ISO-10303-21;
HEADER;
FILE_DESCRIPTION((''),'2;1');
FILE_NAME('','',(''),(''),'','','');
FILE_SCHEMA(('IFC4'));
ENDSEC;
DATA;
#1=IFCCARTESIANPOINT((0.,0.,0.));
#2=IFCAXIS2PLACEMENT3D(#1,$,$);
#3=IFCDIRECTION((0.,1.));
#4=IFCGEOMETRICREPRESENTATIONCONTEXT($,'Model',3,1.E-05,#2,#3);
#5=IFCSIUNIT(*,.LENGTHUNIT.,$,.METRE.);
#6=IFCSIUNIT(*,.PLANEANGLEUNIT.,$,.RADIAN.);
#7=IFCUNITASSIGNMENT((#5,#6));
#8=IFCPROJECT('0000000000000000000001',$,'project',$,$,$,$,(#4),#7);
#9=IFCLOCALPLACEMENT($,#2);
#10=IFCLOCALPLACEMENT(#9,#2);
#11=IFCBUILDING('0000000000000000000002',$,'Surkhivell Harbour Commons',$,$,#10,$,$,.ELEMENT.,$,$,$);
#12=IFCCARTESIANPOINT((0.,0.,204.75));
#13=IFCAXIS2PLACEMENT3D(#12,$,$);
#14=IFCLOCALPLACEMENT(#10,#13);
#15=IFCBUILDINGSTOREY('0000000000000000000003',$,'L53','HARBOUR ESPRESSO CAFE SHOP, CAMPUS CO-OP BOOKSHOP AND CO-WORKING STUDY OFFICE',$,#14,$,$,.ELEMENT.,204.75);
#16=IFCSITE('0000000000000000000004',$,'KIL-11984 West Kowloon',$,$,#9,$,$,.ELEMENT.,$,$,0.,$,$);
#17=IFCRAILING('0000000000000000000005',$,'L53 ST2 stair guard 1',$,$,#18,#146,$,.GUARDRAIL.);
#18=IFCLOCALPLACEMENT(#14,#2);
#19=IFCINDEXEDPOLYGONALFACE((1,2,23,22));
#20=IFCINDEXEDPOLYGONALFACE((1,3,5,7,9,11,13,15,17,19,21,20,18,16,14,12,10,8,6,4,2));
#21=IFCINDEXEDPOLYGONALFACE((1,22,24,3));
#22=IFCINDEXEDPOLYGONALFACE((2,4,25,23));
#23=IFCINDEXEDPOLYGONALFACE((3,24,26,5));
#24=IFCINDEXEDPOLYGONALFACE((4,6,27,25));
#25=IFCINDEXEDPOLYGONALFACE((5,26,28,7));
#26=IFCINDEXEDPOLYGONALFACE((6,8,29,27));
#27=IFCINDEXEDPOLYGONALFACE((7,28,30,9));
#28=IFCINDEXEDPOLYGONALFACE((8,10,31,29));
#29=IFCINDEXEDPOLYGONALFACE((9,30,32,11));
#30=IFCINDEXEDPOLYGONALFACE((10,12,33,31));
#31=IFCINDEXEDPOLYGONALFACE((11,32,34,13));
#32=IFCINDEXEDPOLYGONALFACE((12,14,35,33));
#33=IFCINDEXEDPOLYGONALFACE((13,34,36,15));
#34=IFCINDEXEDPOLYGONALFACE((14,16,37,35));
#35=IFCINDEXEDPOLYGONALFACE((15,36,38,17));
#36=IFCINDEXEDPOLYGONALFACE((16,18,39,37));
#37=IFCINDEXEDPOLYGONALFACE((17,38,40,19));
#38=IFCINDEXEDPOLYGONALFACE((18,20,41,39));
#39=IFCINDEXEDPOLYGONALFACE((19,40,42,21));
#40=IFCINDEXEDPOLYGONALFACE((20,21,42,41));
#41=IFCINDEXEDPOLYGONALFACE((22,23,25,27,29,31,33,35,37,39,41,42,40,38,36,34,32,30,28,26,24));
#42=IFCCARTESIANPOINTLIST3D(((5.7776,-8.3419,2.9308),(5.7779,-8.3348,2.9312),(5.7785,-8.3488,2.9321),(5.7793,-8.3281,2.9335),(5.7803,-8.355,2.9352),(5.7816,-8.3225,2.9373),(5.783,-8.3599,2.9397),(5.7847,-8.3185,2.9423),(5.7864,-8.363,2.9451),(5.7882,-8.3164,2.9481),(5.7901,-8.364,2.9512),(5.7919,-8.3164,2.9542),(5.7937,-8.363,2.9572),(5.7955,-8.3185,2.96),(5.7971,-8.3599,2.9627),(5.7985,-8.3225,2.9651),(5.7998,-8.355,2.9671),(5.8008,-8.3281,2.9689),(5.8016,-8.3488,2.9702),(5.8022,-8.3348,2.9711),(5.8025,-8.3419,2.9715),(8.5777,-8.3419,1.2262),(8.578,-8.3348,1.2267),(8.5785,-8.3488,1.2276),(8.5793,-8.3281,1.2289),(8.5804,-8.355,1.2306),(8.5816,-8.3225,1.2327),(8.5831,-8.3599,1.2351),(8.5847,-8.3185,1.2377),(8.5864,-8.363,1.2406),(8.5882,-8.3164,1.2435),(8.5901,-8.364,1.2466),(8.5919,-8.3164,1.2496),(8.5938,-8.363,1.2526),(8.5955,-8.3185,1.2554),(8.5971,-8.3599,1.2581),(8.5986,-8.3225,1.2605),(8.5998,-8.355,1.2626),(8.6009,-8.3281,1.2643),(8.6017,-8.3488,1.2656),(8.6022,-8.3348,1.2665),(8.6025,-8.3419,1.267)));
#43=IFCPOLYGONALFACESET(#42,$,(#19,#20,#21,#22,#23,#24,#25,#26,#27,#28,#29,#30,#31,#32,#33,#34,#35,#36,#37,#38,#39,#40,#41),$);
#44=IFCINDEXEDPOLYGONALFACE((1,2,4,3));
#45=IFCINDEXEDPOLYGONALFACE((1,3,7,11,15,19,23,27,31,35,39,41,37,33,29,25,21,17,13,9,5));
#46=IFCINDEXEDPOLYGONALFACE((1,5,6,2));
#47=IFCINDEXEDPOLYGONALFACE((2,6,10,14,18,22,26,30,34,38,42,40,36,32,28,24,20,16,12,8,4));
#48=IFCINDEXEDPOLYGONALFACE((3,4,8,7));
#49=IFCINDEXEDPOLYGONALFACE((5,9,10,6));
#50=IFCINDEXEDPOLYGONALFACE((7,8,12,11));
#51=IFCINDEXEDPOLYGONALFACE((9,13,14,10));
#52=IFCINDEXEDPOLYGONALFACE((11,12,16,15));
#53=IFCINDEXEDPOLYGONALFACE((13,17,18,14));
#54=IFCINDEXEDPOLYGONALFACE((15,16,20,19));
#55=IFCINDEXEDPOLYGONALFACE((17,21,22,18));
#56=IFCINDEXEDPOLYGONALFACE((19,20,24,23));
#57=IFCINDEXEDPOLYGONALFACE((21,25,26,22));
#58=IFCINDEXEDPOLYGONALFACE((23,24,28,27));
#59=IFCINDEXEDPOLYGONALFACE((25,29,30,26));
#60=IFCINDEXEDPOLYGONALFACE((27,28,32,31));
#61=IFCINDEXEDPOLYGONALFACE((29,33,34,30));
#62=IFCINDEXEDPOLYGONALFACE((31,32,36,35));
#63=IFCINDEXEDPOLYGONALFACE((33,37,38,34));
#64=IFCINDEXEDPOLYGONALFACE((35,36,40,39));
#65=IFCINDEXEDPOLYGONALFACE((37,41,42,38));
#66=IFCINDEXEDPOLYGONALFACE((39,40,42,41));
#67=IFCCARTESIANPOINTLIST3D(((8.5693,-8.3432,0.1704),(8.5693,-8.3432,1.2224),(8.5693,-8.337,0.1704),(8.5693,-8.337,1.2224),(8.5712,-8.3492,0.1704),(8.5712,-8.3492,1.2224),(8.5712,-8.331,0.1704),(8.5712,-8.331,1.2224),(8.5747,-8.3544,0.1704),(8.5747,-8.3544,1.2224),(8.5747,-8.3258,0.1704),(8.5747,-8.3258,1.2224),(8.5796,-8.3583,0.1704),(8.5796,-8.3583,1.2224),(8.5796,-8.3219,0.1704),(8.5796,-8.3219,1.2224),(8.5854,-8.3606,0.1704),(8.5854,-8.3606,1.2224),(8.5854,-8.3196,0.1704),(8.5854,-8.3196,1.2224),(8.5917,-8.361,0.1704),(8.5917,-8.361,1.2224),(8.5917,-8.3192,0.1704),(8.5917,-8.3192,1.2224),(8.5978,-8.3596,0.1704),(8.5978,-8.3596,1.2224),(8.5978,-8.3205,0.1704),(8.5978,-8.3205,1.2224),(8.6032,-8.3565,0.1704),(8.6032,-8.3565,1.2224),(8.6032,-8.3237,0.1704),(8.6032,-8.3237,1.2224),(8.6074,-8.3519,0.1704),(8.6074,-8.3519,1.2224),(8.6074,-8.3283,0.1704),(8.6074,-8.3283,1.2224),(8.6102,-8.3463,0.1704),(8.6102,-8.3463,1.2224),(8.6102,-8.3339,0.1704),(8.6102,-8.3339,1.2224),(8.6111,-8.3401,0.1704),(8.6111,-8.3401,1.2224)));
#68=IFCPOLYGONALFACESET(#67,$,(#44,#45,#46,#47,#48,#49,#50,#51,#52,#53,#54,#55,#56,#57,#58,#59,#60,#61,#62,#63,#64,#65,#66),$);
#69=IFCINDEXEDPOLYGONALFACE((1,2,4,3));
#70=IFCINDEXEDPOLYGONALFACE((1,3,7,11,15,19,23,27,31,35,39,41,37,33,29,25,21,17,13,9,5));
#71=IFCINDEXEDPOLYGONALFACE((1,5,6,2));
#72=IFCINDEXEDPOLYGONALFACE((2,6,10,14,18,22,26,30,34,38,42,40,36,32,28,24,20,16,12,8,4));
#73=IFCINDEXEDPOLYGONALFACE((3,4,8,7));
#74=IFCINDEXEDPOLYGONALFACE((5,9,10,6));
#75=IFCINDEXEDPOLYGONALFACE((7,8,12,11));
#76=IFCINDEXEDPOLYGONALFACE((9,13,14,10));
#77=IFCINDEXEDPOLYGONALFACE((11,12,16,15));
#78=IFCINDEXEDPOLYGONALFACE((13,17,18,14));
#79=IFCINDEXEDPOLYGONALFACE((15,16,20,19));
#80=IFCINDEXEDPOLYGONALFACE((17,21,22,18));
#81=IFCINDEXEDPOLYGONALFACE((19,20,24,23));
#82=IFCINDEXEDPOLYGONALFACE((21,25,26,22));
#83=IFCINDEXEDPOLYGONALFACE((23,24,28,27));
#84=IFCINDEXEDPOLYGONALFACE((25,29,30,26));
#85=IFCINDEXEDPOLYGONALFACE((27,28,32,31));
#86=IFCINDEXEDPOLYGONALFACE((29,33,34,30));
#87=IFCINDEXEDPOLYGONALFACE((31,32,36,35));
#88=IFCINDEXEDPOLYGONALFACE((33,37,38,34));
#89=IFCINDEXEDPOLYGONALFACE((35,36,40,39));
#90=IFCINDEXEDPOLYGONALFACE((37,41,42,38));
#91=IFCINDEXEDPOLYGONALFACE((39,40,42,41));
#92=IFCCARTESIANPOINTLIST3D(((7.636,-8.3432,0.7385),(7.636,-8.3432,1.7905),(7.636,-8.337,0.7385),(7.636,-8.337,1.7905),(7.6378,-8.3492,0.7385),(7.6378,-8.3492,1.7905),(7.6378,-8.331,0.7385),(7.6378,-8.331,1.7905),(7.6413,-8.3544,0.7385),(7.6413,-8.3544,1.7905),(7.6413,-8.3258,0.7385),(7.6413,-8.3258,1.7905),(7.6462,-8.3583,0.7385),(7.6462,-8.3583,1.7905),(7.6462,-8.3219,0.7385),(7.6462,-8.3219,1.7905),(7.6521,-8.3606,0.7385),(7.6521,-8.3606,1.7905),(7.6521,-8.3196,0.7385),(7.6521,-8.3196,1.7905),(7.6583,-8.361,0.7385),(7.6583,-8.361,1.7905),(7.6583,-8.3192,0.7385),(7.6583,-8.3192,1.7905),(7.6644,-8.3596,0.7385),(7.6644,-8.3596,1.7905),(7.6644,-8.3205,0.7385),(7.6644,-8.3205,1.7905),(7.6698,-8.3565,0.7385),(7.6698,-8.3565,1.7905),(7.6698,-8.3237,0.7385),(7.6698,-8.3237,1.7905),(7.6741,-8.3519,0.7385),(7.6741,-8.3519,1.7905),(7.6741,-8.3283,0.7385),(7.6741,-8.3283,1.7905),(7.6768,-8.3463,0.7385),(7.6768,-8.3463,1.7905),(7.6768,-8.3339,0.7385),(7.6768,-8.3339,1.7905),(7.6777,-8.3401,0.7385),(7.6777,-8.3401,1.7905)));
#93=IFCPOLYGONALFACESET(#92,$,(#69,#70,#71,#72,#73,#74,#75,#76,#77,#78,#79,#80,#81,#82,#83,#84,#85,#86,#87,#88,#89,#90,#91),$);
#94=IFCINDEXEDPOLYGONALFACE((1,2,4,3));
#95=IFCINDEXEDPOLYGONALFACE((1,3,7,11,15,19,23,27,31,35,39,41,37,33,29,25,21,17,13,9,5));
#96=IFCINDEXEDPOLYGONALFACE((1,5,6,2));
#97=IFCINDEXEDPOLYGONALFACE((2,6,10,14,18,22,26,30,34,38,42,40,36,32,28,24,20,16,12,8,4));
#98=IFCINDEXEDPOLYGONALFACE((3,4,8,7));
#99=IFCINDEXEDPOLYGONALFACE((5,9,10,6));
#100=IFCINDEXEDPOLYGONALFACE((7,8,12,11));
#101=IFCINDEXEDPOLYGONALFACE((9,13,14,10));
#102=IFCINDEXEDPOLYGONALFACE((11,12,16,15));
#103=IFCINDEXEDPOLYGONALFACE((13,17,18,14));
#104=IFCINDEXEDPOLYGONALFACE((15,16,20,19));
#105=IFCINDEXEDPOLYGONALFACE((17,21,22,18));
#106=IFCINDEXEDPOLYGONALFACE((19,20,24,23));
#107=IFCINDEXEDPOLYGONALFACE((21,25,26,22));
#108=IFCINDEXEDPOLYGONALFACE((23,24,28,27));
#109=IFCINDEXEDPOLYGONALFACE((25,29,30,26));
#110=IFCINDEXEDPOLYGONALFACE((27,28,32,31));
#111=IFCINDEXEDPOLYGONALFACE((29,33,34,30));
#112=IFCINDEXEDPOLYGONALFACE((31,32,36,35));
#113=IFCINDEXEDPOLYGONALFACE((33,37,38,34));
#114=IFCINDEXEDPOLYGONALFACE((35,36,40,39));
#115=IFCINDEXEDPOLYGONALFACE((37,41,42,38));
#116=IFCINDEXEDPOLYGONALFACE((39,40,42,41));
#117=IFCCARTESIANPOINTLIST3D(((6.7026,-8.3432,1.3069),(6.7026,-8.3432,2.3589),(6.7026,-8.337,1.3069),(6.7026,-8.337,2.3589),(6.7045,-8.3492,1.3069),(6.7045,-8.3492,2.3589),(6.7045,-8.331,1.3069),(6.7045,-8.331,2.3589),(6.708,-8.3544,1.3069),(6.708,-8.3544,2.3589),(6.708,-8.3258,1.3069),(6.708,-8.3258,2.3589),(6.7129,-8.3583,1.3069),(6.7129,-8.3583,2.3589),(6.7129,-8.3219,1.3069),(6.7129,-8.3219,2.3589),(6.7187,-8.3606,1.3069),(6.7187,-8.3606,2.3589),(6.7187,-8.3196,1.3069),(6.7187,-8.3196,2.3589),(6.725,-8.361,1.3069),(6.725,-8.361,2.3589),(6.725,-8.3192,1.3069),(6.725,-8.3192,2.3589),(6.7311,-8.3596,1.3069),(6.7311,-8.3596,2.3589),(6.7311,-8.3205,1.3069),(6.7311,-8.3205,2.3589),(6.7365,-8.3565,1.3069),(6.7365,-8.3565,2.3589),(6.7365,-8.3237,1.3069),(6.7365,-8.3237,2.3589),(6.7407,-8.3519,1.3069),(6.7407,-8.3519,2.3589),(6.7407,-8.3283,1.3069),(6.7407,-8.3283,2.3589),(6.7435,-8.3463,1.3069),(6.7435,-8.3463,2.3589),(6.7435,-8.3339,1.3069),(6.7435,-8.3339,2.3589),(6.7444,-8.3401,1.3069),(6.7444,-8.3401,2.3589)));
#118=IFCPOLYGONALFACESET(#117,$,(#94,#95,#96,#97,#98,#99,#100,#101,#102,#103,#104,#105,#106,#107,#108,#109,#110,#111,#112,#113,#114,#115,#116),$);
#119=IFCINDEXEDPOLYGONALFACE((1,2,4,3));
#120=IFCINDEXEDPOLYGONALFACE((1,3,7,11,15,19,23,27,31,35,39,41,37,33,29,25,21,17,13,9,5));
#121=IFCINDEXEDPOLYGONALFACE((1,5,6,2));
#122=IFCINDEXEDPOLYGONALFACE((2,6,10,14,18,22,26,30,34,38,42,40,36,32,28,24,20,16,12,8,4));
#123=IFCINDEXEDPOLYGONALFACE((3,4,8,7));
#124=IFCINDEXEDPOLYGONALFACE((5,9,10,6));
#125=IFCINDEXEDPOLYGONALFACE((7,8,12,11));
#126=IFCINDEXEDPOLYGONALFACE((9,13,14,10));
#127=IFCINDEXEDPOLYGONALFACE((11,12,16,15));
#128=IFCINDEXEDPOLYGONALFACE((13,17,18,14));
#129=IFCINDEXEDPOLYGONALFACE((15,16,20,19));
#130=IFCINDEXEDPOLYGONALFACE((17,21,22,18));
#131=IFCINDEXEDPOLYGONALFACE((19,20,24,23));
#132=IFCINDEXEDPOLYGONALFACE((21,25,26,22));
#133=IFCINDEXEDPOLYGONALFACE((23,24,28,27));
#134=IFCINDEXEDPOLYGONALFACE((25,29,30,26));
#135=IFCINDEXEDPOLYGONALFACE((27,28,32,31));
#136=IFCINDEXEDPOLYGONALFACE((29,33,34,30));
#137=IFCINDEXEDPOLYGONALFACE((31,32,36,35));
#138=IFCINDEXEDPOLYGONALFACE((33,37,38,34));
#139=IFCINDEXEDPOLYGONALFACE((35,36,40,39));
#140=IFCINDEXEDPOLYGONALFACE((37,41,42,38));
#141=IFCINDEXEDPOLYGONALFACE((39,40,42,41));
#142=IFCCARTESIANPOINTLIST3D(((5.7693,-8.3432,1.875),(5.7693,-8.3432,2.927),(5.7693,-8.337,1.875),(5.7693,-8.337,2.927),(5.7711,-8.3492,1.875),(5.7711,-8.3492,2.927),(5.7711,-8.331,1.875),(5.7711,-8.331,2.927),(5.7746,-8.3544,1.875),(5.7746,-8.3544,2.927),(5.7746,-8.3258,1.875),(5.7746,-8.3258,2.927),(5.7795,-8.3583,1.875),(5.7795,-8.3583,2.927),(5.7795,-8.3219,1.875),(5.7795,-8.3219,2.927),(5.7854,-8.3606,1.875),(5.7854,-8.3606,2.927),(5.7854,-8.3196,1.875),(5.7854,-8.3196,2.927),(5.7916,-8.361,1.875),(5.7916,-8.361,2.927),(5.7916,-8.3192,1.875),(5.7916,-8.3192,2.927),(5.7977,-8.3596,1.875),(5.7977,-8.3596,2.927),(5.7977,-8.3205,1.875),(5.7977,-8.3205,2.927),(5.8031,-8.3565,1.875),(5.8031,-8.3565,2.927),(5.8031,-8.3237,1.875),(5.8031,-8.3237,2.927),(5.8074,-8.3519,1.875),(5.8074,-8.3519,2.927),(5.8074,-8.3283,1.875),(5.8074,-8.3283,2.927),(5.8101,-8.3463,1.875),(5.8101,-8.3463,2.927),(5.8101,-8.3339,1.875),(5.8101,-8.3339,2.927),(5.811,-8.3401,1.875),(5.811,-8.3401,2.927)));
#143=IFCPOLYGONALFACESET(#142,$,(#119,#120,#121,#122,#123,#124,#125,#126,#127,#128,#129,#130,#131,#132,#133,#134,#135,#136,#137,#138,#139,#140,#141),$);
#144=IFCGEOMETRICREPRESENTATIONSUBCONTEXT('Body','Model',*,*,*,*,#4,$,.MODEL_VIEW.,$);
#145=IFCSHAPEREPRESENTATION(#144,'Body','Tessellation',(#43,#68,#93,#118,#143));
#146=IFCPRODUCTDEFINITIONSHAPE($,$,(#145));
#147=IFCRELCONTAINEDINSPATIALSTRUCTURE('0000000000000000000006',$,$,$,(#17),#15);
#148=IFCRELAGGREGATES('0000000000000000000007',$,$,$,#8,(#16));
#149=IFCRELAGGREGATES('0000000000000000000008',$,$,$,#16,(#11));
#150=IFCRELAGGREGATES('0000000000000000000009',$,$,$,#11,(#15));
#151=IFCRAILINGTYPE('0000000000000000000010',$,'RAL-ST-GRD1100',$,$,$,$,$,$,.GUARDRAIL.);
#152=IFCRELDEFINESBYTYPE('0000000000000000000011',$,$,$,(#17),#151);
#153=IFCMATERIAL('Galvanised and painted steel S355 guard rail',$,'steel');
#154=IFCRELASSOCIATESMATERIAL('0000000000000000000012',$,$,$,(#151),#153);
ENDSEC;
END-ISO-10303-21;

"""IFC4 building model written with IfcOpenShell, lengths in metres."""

from ifc_helpers import new_model, si_unit, direction, frame, origin, origin_2d, place, context, subcontext, project, spatial, circle, extrude, material, type_object, element, save


model = new_model("IFC4")

# Units and contexts
model_context = context("Model", 3, precision=1e-05, world=origin(), true_north=direction((0.0, 1.0)))
body_context = subcontext(model_context, "Body", "Model", "MODEL_VIEW")
ifc_project = project(units=[si_unit("LENGTHUNIT", "METRE"), si_unit("PLANEANGLEUNIT", "RADIAN")], contexts=[model_context])

# Site, building, storey
site_placement = place(None, origin())
site = spatial("IfcSite", under=ifc_project, at=site_placement, Name="KIL-11984 West Kowloon", CompositionType="ELEMENT", RefElevation=0.0)
building_placement = place(site_placement, origin())
building = spatial("IfcBuilding", under=site, at=building_placement, Name="Surkhivell Harbour Commons", CompositionType="ELEMENT")
storey_placement = place(building_placement, frame((0.0, 0.0, 204.75)))
storey = spatial("IfcBuildingStorey", under=building, at=storey_placement, Name="L53", Description="HARBOUR ESPRESSO CAFE SHOP, CAMPUS CO-OP BOOKSHOP AND CO-WORKING STUDY OFFICE", CompositionType="ELEMENT", Elevation=204.75)

# Railing
ifc_material_1 = material(Name="Galvanised and painted steel S355 guard rail", Category="steel")
railing_type_1 = type_object("IfcRailingType", Name="RAL-ST-GRD1100", PredefinedType="GUARDRAIL", material=ifc_material_1)
railing_1_placement = place(storey_placement, frame((8.5901, -8.3401, 0.1704)))
element("IfcRailing", 1, at=railing_1_placement, inside=storey, type_object=railing_type_1, Name="L53 ST2 stair guard 1", PredefinedType="GUARDRAIL", context=body_context, shape_type="SweptSolid", body=[
    extrude(circle(Radius=0.0239, at=origin_2d()), frame((0.0, 0.0, 1.0762), z_axis=(-0.85417, 0.0, 0.519994), x_axis=(0.0, -1.0, 0.0)), (0.0, 0.0, 1.0), 3.2781),
    extrude(circle(Radius=0.021, at=origin_2d()), origin(), (0.0, 0.0, 1.0), 1.052),
    extrude(circle(Radius=0.021, at=origin_2d()), frame((-0.9333, 0.0, 0.5681)), (0.0, 0.0, 1.0), 1.052),
    extrude(circle(Radius=0.021, at=origin_2d()), frame((-1.8667, 0.0, 1.1365)), (0.0, 0.0, 1.0), 1.052),
    extrude(circle(Radius=0.021, at=origin_2d()), frame((-2.8, 0.0, 1.7046)), (0.0, 0.0, 1.0), 1.052),
])

save(model, "model.ifc")
